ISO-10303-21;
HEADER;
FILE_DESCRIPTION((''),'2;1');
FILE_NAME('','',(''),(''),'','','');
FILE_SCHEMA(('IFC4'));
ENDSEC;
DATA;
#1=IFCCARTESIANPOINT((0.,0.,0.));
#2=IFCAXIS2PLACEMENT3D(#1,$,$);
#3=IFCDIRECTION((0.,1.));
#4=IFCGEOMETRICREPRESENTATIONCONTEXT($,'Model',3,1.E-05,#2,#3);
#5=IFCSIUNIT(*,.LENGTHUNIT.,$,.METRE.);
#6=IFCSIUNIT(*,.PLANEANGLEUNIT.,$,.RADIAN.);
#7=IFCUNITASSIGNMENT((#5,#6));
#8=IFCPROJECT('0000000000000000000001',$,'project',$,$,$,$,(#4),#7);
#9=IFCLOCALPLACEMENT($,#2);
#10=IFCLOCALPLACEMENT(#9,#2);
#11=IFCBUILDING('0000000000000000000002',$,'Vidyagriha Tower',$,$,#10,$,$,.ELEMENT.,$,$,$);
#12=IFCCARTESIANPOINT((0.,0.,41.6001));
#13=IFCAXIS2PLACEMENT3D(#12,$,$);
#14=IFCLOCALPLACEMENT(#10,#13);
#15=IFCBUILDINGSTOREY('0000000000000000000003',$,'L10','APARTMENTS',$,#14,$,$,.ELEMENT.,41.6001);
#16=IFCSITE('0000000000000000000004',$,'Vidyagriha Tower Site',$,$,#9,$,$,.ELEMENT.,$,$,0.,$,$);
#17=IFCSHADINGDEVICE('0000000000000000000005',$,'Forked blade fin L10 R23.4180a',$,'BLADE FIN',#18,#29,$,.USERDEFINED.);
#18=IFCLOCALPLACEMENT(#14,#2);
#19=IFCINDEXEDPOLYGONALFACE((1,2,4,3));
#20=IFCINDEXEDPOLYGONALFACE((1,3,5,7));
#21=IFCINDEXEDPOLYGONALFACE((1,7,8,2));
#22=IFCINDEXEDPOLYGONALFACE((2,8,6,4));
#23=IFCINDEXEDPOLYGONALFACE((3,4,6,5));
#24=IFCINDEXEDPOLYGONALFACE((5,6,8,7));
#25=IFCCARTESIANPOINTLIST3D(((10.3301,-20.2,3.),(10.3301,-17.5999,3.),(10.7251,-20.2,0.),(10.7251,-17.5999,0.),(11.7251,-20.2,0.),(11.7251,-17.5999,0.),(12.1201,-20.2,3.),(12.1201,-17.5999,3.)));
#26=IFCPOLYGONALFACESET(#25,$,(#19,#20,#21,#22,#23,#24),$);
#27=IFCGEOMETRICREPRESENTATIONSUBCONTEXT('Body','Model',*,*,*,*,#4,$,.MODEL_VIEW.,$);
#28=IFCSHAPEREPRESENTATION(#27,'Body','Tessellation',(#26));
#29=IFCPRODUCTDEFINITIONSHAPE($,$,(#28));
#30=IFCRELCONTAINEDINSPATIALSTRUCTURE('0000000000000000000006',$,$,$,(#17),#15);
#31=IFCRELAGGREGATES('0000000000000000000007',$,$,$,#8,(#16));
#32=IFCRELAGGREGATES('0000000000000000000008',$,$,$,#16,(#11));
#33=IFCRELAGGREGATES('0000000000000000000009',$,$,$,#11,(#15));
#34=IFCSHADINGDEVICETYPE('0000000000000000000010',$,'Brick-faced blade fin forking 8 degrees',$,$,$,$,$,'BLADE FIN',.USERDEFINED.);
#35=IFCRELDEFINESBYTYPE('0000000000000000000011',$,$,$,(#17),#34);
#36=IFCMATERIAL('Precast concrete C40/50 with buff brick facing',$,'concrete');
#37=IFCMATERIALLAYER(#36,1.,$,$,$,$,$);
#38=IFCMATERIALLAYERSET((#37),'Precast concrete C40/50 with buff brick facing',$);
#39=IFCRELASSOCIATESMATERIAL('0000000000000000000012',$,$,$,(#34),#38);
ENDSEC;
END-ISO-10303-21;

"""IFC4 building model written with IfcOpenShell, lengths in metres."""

from ifc_helpers import new_model, si_unit, direction, frame, origin, place, context, subcontext, project, spatial, polyline, outline, extrude, material, layer, layer_set, type_object, element, save


model = new_model("IFC4")

# Units and contexts
model_context = context("Model", 3, precision=1e-05, world=origin(), true_north=direction((0.0, 1.0)))
body_context = subcontext(model_context, "Body", "Model", "MODEL_VIEW")
ifc_project = project(units=[si_unit("LENGTHUNIT", "METRE"), si_unit("PLANEANGLEUNIT", "RADIAN")], contexts=[model_context])

# Site, building, storey
site_placement = place(None, origin())
site = spatial("IfcSite", under=ifc_project, at=site_placement, Name="Vidyagriha Tower Site", CompositionType="ELEMENT", RefElevation=0.0)
building_placement = place(site_placement, origin())
building = spatial("IfcBuilding", under=site, at=building_placement, Name="Vidyagriha Tower", CompositionType="ELEMENT")
storey_placement = place(building_placement, frame((0.0, 0.0, 41.6001)))
storey = spatial("IfcBuildingStorey", under=building, at=storey_placement, Name="L10", Description="APARTMENTS", CompositionType="ELEMENT", Elevation=41.6001)

# Shading device
ifc_material_1 = material(Name="Precast concrete C40/50 with buff brick facing", Category="concrete")
ifc_layer_1 = layer(ifc_material_1, 1.0)
ifc_layer_set_1 = layer_set([ifc_layer_1], Name="Precast concrete C40/50 with buff brick facing")
shading_device_type_1 = type_object("IfcShadingDeviceType", Name="Brick-faced blade fin forking 8 degrees", ElementType="BLADE FIN", PredefinedType="USERDEFINED", material=ifc_layer_set_1)
shading_device_1_placement = place(storey_placement, frame((10.3301, -18.8999, 0.0)))
element("IfcShadingDevice", 1, at=shading_device_1_placement, inside=storey, type_object=shading_device_type_1, Name="Forked blade fin L10 R23.4180a", ObjectType="BLADE FIN", PredefinedType="USERDEFINED", context=body_context, shape_type="SweptSolid", body=[
    extrude(outline(polyline([(0.395, 0.0), (1.395, 0.0), (1.79, 3.0), (0.0, 3.0), (0.395, 0.0)])), frame((0.0, 1.3, 0.0), z_axis=(0.0, -1.0, 0.0), x_axis=(1.0, 0.0, 0.0)), (0.0, 0.0, 1.0), 2.6001),
])

save(model, "model.ifc")
